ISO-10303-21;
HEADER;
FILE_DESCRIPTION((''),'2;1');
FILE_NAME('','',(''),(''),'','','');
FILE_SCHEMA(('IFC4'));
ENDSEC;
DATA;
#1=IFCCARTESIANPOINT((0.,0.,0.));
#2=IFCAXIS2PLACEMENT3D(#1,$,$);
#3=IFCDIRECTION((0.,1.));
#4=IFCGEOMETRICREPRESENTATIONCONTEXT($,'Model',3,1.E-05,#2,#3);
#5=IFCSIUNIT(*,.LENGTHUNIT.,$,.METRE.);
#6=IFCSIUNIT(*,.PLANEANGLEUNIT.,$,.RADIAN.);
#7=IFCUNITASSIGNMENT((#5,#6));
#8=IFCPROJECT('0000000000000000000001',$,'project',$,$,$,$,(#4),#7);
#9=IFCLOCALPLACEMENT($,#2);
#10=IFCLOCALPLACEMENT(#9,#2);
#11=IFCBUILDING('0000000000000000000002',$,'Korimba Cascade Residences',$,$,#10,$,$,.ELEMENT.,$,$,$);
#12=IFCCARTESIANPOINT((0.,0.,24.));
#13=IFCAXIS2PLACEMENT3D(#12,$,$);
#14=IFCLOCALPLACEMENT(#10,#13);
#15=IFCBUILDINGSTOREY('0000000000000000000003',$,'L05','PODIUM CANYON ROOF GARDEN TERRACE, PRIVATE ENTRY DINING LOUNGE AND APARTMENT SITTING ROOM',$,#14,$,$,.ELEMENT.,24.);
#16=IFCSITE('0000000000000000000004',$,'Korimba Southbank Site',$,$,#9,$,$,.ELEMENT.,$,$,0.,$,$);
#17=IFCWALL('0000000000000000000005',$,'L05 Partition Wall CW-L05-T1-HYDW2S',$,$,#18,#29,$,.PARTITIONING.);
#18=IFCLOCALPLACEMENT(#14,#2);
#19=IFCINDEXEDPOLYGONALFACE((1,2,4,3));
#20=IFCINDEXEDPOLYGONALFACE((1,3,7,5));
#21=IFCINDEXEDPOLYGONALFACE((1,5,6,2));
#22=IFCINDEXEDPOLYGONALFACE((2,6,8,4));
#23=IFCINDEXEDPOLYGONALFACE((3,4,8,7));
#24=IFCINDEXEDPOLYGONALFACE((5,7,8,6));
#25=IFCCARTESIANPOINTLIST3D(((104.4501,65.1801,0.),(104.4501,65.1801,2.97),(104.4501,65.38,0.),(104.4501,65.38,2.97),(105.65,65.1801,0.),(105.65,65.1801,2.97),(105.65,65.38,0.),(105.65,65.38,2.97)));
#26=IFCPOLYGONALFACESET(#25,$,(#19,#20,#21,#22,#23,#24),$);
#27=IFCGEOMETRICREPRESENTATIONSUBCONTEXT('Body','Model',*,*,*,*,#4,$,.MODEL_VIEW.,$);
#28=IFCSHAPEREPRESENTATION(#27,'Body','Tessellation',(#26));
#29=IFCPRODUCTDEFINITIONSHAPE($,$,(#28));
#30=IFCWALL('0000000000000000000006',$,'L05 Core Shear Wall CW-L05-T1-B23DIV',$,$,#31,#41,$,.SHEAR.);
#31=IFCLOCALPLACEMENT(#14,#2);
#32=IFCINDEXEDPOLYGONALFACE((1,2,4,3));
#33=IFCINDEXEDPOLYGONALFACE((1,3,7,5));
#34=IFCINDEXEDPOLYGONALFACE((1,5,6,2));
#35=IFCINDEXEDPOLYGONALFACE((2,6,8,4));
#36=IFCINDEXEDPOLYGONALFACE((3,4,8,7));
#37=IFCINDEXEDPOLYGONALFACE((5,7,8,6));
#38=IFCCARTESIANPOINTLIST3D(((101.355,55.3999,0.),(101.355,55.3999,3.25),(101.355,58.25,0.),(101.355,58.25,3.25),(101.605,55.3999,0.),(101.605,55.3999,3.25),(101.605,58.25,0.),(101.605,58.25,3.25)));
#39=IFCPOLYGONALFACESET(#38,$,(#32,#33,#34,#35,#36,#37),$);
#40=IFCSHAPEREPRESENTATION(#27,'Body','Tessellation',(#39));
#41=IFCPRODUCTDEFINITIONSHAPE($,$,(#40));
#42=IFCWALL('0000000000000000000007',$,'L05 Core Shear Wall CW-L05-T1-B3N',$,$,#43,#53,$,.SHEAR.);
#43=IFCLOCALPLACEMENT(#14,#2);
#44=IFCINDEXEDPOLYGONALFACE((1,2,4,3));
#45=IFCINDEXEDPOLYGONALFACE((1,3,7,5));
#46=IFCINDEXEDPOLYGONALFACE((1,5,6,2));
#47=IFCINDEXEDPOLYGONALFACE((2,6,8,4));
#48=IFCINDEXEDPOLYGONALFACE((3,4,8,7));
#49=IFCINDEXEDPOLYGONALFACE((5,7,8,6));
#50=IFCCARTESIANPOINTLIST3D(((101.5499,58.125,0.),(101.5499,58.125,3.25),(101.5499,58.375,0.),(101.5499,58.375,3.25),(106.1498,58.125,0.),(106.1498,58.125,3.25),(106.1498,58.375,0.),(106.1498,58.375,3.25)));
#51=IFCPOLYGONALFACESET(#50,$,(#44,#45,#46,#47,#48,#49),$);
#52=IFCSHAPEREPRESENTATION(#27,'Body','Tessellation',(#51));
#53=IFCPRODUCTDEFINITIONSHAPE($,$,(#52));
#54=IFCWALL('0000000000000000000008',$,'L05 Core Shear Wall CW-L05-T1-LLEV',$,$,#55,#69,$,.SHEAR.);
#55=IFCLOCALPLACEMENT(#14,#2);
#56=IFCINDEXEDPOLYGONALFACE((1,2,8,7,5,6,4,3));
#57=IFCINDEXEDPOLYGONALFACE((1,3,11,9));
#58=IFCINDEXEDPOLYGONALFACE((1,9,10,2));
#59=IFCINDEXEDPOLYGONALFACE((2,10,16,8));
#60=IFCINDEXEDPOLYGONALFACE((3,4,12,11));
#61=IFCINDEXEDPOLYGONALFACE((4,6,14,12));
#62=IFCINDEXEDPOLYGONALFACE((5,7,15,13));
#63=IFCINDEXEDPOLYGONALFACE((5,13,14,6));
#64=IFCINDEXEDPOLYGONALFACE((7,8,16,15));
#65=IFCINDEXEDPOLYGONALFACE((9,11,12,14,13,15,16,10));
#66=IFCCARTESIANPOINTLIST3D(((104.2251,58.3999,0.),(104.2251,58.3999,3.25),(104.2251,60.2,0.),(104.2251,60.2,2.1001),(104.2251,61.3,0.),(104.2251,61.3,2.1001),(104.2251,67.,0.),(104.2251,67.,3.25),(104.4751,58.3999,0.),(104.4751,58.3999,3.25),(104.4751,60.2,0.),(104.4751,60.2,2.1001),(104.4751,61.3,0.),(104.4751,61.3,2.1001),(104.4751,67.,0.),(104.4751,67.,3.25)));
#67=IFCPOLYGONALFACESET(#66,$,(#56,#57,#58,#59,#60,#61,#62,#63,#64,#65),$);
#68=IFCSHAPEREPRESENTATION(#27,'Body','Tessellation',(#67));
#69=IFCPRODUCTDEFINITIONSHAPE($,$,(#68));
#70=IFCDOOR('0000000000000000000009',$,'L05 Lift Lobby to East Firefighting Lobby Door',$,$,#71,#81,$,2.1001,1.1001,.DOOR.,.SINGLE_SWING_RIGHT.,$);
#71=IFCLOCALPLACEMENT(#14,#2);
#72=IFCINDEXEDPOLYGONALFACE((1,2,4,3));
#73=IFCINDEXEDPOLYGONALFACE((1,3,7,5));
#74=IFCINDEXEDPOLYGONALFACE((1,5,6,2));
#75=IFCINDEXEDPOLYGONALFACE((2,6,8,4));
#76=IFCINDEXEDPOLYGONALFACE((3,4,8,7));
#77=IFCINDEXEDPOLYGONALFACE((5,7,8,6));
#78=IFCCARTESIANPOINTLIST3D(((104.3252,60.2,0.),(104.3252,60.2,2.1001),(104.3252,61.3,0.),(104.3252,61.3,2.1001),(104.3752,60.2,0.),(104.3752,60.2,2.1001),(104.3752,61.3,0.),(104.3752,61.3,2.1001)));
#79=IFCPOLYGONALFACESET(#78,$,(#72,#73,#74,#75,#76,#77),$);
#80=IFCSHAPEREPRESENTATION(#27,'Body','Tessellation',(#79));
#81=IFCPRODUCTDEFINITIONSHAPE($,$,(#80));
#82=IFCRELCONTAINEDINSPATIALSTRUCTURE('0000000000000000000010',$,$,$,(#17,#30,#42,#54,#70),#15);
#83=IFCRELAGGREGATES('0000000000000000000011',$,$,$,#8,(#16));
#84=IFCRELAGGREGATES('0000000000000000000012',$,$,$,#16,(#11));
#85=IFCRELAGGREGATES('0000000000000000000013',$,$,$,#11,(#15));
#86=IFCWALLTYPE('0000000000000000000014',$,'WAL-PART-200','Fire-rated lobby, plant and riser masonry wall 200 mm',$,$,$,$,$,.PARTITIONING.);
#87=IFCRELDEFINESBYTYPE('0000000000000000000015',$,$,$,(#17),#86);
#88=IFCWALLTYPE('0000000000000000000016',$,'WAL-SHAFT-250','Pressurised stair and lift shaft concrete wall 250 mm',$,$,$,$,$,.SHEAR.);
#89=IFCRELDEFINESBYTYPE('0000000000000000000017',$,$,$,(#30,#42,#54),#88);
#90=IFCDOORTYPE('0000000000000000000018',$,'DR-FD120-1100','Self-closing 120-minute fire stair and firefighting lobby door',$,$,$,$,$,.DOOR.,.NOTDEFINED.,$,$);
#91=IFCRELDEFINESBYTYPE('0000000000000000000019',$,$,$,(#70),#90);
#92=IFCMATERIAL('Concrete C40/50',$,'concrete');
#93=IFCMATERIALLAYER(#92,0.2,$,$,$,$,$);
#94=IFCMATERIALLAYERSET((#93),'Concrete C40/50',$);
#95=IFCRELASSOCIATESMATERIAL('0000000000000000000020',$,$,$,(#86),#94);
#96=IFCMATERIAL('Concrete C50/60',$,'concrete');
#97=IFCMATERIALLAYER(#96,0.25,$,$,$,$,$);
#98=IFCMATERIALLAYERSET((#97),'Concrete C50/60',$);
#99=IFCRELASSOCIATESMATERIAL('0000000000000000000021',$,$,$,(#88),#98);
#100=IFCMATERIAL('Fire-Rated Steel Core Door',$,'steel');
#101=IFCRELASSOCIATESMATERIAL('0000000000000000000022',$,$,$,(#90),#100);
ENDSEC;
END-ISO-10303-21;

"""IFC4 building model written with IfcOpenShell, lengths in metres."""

from ifc_helpers import new_model, si_unit, direction, frame, frame_2d, origin, place, context, subcontext, project, spatial, rectangle, extrude, material, layer, layer_set, type_object, element, fill, save


model = new_model("IFC4")

# Units and contexts
model_context = context("Model", 3, precision=1e-05, world=origin(), true_north=direction((0.0, 1.0)))
body_context = subcontext(model_context, "Body", "Model", "MODEL_VIEW")
ifc_project = project(units=[si_unit("LENGTHUNIT", "METRE"), si_unit("PLANEANGLEUNIT", "RADIAN")], contexts=[model_context])

# Site, building, storey
site_placement = place(None, origin())
site = spatial("IfcSite", under=ifc_project, at=site_placement, Name="Korimba Southbank Site", CompositionType="ELEMENT", RefElevation=0.0)
building_placement = place(site_placement, origin())
building = spatial("IfcBuilding", under=site, at=building_placement, Name="Korimba Cascade Residences", CompositionType="ELEMENT")
storey_placement = place(building_placement, frame((0.0, 0.0, 24.0)))
storey = spatial("IfcBuildingStorey", under=building, at=storey_placement, Name="L05", Description="PODIUM CANYON ROOF GARDEN TERRACE, PRIVATE ENTRY DINING LOUNGE AND APARTMENT SITTING ROOM", CompositionType="ELEMENT", Elevation=24.0)

# Shared definitions
ifc_material_1 = material(Name="Concrete C50/60", Category="concrete")

# Walls
ifc_material_2 = material(Name="Concrete C40/50", Category="concrete")
ifc_layer_1 = layer(ifc_material_2, 0.2)
ifc_layer_set_1 = layer_set([ifc_layer_1], Name="Concrete C40/50")
wall_type_1 = type_object("IfcWallType", Name="WAL-PART-200", Description="Fire-rated lobby, plant and riser masonry wall 200 mm", PredefinedType="PARTITIONING", material=ifc_layer_set_1)
wall_1_placement = place(storey_placement, frame((104.45, 65.28, 0.0), z_axis=(0.0, 0.0, 1.0), x_axis=(1.0, 0.0, 0.0)))
element("IfcWall", 1, at=wall_1_placement, inside=storey, type_object=wall_type_1, Name="L05 Partition Wall CW-L05-T1-HYDW2S", PredefinedType="PARTITIONING", context=body_context, shape_type="SweptSolid", body=[
    extrude(rectangle(XDim=1.2, YDim=0.2, at=frame_2d((0.6001, 0.0))), origin(), (0.0, 0.0, 1.0), 2.97),
])
ifc_layer_2 = layer(ifc_material_1, 0.25)
ifc_layer_set_2 = layer_set([ifc_layer_2], Name="Concrete C50/60")
wall_type_2 = type_object("IfcWallType", Name="WAL-SHAFT-250", Description="Pressurised stair and lift shaft concrete wall 250 mm", PredefinedType="SHEAR", material=ifc_layer_set_2)
wall_2_placement = place(storey_placement, frame((101.48, 55.3999, 0.0), z_axis=(0.0, 0.0, 1.0), x_axis=(0.0, 1.0, 0.0)))
element("IfcWall", 2, at=wall_2_placement, inside=storey, type_object=wall_type_2, Name="L05 Core Shear Wall CW-L05-T1-B23DIV", PredefinedType="SHEAR", context=body_context, shape_type="SweptSolid", body=[
    extrude(rectangle(XDim=2.8501, YDim=0.25, at=frame_2d((1.425, 0.0))), origin(), (0.0, 0.0, 1.0), 3.25),
])
wall_3_placement = place(storey_placement, frame((101.55, 58.25, 0.0), z_axis=(0.0, 0.0, 1.0), x_axis=(1.0, 0.0, 0.0)))
element("IfcWall", 3, at=wall_3_placement, inside=storey, type_object=wall_type_2, Name="L05 Core Shear Wall CW-L05-T1-B3N", PredefinedType="SHEAR", context=body_context, shape_type="SweptSolid", body=[
    extrude(rectangle(XDim=4.5999, YDim=0.25, at=frame_2d((2.2998, 0.0))), origin(), (0.0, 0.0, 1.0), 3.25),
])

# Wall, opening, door
wall_4_placement = place(storey_placement, frame((104.3501, 58.3999, 0.0), z_axis=(0.0, 0.0, 1.0), x_axis=(0.0, 1.0, 0.0)))
wall_4 = element("IfcWall", 4, at=wall_4_placement, inside=storey, type_object=wall_type_2, Name="L05 Core Shear Wall CW-L05-T1-LLEV", PredefinedType="SHEAR", context=body_context, shape_type="SweptSolid", body=[
    extrude(rectangle(XDim=8.6001, YDim=0.25, at=frame_2d((4.3, 0.0))), origin(), (0.0, 0.0, 1.0), 3.25),
])
opening_1_placement = place(wall_4_placement, frame((1.8, 0.0, 0.0)))
opening_1 = element("IfcOpeningElement", 5, at=opening_1_placement, cuts=wall_4, PredefinedType="OPENING", context=body_context, shape_type="SweptSolid", body=[
    extrude(rectangle(XDim=1.1001, YDim=2.1001, at=frame_2d((0.55, 1.05))), frame((0.0, 0.135, 0.0), z_axis=(0.0, -1.0, 0.0), x_axis=(1.0, 0.0, 0.0)), (0.0, 0.0, 1.0), 0.27),
])
ifc_material_3 = material(Name="Fire-Rated Steel Core Door", Category="steel")
door_type_1 = type_object("IfcDoorType", Name="DR-FD120-1100", Description="Self-closing 120-minute fire stair and firefighting lobby door", OperationType="NOTDEFINED", PredefinedType="DOOR", material=ifc_material_3)
door_1_placement = place(opening_1_placement, origin())
door_1 = element("IfcDoor", 6, at=door_1_placement, inside=storey, type_object=door_type_1, Name="L05 Lift Lobby to East Firefighting Lobby Door", OperationType="SINGLE_SWING_RIGHT", OverallHeight=2.1001, OverallWidth=1.1001, PredefinedType="DOOR", context=body_context, shape_type="SweptSolid", body=[
    extrude(rectangle(XDim=1.1001, YDim=2.1001, at=frame_2d((0.55, 1.05))), frame((0.0, 0.0249, 0.0), z_axis=(0.0, -1.0, 0.0), x_axis=(1.0, 0.0, 0.0)), (0.0, 0.0, 1.0), 0.05),
])
fill(opening_1, door_1)

save(model, "model.ifc")
